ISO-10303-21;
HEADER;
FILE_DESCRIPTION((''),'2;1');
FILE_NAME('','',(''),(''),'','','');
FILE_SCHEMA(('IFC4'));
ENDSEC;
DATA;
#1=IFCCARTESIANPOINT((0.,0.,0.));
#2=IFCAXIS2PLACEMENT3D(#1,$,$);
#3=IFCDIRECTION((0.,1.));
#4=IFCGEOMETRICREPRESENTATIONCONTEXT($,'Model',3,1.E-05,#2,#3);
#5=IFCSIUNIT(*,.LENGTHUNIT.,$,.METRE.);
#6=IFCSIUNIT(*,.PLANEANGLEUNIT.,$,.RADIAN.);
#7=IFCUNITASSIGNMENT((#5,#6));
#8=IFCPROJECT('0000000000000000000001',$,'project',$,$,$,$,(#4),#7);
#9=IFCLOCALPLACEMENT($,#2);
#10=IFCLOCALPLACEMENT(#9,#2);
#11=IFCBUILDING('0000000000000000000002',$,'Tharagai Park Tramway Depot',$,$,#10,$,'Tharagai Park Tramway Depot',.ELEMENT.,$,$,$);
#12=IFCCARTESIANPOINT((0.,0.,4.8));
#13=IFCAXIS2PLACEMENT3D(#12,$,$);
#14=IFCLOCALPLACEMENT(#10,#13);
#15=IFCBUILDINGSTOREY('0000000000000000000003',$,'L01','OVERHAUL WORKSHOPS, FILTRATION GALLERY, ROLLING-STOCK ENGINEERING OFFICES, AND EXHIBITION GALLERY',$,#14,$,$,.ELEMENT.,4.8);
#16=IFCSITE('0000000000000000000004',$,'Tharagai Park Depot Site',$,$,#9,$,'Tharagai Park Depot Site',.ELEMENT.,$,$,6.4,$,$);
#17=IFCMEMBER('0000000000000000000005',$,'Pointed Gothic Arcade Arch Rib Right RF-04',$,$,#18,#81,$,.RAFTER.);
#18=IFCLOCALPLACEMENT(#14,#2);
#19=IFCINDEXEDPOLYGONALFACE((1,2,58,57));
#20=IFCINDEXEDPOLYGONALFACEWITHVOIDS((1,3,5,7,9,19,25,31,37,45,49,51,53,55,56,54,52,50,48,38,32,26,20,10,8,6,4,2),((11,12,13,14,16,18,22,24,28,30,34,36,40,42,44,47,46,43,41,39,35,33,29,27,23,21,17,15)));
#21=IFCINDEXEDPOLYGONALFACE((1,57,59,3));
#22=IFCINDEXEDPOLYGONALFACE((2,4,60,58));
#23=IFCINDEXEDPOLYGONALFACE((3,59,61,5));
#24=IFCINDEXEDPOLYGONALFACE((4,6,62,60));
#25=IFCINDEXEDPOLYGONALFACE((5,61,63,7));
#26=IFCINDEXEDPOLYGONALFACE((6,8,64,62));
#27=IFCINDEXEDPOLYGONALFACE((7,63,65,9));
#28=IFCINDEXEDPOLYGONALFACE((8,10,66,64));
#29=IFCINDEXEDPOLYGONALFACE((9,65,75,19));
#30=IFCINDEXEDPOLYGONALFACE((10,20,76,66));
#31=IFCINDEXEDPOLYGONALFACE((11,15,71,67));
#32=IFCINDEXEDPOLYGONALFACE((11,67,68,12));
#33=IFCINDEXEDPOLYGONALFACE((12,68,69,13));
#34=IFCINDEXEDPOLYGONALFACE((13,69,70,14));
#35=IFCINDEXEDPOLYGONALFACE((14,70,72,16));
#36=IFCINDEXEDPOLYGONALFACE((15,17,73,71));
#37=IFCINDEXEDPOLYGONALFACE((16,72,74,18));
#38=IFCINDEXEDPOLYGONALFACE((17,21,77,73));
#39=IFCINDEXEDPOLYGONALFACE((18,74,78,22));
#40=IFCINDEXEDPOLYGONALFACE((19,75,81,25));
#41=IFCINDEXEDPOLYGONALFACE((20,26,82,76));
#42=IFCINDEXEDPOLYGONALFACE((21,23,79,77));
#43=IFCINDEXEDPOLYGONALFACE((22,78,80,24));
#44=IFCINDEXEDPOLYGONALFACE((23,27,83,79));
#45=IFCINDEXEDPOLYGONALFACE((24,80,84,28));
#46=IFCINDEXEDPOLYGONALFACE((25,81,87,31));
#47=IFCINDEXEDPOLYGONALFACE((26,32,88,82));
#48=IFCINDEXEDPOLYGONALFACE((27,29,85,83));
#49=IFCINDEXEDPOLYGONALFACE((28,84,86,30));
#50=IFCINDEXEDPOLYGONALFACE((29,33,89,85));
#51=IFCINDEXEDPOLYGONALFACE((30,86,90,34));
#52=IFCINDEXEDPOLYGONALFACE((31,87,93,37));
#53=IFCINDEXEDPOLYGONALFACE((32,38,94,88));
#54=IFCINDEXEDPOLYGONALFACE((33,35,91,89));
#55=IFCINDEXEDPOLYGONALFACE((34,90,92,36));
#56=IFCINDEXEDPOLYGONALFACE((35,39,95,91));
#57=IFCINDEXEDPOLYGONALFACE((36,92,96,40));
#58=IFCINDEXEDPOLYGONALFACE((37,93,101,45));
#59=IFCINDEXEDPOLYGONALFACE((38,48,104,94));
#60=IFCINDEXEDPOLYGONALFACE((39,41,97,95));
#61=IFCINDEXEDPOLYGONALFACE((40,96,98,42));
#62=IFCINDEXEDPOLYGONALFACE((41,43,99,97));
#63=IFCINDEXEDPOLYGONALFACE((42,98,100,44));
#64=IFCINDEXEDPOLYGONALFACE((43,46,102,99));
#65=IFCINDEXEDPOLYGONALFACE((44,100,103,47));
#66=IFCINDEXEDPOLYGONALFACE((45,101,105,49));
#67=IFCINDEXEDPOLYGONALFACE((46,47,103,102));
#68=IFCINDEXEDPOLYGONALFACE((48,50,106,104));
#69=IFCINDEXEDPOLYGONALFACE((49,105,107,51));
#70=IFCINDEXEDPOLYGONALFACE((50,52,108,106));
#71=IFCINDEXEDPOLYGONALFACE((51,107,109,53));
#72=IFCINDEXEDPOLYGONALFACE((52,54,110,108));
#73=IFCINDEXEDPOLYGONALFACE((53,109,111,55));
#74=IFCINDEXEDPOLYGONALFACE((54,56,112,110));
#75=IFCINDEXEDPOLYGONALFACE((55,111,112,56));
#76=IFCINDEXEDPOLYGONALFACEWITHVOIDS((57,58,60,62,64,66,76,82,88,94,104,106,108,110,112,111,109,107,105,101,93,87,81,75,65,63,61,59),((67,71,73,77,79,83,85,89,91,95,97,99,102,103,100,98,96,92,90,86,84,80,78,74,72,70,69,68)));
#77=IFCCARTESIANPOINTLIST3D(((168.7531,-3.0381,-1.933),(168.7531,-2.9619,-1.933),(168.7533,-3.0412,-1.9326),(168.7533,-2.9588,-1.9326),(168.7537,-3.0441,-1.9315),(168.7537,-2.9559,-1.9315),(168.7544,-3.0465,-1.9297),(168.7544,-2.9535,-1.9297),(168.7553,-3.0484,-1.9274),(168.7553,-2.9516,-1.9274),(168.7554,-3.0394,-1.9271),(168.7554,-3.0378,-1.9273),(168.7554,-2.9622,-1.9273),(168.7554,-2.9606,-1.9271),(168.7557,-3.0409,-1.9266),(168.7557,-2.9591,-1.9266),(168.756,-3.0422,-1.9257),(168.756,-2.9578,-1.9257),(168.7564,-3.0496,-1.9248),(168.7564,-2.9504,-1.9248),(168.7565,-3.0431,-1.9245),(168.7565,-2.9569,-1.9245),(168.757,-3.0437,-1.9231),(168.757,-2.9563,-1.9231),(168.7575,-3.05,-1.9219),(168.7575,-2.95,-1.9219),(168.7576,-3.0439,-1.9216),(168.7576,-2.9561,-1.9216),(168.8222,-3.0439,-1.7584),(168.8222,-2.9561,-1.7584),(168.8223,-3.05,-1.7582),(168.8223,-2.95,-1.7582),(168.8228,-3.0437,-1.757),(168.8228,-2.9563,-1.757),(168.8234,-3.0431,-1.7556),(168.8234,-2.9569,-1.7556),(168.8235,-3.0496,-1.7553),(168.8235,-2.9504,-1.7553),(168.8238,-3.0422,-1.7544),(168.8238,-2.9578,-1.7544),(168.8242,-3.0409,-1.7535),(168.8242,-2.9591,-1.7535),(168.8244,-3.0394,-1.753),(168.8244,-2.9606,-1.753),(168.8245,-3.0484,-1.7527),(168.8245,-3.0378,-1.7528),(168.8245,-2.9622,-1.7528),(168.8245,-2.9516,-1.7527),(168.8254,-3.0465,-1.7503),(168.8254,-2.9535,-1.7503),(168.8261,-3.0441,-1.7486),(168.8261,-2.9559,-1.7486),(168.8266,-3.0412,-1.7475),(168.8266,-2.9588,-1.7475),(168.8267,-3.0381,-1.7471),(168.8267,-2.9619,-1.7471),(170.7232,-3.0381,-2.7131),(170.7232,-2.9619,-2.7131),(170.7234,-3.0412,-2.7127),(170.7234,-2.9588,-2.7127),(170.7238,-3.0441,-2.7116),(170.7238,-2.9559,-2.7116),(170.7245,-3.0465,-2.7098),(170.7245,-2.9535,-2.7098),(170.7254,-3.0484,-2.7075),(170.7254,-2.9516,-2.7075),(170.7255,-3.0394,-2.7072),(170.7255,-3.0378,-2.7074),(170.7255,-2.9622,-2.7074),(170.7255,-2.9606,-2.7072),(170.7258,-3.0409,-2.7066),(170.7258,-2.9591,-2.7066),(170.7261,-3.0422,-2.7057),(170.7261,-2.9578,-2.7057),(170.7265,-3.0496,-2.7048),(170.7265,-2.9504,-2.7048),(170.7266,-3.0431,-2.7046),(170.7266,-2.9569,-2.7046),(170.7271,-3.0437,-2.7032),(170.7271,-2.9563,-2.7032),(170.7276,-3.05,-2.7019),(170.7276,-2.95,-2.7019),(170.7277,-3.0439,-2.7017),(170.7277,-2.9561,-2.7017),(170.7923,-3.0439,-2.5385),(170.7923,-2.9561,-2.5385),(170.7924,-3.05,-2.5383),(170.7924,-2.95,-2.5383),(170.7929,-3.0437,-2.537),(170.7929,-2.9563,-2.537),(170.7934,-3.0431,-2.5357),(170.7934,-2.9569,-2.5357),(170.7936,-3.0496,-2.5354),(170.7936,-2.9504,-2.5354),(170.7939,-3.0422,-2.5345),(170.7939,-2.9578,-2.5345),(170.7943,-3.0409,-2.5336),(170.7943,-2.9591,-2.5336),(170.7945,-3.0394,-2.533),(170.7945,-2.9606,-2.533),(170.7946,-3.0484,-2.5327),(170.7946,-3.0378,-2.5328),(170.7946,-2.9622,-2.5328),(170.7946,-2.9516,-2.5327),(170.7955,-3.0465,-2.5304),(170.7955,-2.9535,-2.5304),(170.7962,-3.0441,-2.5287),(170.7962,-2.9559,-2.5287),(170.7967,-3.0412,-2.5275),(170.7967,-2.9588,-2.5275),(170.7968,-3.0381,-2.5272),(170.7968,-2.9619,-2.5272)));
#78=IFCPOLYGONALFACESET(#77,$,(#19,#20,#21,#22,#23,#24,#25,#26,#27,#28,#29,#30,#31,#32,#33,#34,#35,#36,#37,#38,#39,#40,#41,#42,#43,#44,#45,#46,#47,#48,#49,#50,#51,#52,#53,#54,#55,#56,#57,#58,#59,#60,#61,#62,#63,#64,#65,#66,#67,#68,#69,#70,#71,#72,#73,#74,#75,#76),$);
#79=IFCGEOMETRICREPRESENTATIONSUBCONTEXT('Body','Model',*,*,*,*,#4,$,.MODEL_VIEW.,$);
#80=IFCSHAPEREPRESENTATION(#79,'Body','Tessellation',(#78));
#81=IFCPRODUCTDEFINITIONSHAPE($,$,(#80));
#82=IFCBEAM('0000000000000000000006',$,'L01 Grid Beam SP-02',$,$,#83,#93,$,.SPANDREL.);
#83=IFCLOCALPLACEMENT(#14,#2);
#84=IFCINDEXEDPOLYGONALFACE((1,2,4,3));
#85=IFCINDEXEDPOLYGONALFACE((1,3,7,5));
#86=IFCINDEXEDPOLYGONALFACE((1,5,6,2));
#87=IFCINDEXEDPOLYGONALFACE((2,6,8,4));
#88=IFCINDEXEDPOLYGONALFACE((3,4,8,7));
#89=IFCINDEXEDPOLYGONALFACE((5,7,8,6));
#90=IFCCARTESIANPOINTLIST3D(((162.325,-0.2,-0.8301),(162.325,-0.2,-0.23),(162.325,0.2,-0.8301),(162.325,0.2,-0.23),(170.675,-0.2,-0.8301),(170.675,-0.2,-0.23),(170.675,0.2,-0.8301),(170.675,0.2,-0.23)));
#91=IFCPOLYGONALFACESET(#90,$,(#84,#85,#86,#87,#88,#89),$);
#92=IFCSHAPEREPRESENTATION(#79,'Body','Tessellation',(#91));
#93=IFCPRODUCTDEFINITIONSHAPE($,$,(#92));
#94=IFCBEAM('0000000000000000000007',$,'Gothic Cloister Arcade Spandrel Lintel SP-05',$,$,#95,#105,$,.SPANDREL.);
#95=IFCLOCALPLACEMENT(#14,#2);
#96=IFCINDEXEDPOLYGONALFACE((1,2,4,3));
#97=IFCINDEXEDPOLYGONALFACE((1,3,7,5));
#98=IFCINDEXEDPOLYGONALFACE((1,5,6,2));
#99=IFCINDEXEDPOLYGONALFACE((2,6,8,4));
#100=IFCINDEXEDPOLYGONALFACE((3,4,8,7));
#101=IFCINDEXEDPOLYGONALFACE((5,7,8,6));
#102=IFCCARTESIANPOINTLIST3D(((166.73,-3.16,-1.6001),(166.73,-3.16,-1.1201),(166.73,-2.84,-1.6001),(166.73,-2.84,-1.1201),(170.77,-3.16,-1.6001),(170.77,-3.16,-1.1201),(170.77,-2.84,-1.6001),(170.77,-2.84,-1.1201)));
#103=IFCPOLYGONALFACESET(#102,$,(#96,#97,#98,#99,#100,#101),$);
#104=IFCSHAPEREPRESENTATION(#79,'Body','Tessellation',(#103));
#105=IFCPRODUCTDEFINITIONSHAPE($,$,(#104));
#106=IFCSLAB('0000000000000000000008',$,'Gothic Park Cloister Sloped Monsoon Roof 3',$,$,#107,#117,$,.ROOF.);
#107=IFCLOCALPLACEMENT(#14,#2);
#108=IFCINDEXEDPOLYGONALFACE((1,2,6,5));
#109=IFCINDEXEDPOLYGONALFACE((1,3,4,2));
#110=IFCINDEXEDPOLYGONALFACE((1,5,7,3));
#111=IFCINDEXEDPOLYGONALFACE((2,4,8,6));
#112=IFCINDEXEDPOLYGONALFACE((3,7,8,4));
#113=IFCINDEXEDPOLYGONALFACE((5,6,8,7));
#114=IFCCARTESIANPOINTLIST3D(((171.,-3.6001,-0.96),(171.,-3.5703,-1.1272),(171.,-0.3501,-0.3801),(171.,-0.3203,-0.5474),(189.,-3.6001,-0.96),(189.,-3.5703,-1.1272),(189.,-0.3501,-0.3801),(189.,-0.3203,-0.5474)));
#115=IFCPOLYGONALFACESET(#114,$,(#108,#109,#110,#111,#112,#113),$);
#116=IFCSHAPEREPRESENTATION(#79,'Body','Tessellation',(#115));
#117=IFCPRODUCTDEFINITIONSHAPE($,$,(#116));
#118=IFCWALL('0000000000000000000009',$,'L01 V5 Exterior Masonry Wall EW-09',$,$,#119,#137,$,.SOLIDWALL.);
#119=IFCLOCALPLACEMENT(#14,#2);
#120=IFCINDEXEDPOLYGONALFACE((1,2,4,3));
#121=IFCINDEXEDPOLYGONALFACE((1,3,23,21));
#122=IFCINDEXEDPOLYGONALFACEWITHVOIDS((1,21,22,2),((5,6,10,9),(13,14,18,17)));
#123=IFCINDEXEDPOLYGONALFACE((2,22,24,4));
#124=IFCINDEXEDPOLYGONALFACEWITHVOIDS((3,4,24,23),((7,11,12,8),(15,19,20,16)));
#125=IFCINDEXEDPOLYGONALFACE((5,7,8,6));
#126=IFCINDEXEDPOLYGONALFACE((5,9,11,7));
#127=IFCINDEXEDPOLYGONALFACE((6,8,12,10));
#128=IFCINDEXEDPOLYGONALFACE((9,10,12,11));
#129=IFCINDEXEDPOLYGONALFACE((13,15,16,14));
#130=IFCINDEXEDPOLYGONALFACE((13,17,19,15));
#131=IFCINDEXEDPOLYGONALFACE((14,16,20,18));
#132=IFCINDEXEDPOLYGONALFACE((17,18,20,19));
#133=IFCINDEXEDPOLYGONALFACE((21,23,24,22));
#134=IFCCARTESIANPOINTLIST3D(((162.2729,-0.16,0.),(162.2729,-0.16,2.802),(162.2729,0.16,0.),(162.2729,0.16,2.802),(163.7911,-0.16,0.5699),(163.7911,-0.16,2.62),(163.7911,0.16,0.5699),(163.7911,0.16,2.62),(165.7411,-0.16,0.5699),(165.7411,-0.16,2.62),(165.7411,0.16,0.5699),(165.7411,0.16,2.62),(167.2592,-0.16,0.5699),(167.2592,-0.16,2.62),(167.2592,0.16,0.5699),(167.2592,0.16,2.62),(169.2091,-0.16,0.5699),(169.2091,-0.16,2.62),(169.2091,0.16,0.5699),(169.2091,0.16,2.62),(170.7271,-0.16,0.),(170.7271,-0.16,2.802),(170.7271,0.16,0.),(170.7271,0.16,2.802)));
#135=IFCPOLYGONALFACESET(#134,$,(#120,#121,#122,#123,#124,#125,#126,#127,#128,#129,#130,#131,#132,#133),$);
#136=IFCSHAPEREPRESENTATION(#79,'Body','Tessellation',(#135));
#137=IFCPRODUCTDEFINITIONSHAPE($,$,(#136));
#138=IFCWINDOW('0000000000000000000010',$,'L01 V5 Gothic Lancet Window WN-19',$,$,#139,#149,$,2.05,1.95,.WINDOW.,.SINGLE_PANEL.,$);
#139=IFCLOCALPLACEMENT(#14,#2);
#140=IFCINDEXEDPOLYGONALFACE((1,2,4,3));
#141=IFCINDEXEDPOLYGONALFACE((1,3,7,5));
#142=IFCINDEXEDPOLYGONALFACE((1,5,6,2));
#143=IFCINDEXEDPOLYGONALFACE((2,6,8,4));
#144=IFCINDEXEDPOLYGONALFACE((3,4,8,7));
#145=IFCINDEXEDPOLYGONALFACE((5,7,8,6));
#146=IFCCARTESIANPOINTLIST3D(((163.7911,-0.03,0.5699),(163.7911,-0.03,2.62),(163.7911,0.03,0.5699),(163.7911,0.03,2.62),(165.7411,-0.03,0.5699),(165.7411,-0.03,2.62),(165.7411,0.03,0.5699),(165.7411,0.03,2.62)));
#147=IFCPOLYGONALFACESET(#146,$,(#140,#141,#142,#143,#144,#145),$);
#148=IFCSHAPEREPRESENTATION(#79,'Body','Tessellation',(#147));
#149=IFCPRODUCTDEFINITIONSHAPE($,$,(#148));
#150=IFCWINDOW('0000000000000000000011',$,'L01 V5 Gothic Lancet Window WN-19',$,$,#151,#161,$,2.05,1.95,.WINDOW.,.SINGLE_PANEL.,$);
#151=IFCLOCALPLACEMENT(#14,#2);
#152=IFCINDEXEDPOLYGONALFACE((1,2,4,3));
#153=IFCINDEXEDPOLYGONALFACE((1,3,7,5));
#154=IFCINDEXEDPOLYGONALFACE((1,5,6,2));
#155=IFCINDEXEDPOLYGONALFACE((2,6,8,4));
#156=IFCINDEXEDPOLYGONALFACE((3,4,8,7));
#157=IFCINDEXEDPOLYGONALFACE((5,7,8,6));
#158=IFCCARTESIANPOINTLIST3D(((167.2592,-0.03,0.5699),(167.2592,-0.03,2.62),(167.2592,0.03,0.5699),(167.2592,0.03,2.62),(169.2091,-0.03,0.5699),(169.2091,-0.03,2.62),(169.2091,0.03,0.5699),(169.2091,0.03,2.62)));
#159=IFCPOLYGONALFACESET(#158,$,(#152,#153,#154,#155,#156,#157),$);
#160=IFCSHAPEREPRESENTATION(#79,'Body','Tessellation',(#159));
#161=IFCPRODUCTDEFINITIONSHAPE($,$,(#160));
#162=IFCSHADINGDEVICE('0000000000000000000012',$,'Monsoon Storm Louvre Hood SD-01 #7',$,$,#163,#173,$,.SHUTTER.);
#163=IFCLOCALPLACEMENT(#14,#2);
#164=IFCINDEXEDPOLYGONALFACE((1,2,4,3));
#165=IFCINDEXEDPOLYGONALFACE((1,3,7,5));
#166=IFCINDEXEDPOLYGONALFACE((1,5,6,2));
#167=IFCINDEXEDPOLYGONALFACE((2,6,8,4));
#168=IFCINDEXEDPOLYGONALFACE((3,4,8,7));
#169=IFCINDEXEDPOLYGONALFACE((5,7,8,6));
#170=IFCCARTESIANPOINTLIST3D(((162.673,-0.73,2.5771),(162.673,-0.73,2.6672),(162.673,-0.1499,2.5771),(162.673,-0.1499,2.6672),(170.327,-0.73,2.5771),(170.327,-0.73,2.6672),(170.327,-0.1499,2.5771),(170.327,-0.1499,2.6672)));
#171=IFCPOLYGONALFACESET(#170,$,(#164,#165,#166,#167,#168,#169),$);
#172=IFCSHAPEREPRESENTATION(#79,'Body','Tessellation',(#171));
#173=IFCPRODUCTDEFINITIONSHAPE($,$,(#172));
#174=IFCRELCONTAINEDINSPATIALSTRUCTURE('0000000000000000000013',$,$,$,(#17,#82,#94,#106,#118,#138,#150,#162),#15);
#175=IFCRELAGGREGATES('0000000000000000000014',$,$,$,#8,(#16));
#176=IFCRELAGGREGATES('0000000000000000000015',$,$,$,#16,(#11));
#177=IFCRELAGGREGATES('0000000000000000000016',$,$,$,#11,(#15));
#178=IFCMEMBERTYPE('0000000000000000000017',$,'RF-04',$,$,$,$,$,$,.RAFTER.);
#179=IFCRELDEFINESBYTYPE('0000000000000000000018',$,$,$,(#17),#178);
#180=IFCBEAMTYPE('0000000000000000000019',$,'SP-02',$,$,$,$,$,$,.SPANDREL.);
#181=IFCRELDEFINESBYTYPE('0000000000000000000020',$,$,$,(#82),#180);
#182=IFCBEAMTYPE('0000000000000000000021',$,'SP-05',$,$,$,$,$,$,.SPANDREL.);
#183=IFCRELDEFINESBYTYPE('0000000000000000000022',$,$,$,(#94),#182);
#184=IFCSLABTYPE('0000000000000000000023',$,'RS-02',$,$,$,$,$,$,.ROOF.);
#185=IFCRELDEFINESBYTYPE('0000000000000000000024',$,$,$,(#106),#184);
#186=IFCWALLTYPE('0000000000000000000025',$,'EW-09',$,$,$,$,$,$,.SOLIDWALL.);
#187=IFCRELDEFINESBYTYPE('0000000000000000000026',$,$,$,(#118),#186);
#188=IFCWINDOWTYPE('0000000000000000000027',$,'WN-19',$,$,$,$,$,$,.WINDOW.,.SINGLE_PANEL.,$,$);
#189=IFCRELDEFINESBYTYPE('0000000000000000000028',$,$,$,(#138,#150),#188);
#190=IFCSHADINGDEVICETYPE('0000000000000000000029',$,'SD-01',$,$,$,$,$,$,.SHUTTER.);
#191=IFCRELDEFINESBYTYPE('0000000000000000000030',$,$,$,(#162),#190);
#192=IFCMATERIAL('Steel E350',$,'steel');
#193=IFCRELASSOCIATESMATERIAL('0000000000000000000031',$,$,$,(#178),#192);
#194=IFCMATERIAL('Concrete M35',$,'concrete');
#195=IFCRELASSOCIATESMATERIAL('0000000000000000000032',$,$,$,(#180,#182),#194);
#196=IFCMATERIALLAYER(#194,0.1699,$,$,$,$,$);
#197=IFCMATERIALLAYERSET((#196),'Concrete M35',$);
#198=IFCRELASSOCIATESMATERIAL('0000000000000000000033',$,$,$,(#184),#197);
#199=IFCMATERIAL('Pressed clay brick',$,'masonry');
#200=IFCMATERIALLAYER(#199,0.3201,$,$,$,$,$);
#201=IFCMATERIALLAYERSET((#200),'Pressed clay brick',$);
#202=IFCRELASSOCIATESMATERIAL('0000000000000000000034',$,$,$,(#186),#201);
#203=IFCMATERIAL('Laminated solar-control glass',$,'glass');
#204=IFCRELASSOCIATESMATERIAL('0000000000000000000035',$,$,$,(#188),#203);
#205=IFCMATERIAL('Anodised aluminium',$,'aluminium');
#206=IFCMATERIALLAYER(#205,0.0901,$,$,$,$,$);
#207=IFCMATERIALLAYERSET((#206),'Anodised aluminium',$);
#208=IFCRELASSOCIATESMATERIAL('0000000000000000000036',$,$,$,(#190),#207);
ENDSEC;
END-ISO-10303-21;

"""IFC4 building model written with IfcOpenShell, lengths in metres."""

from ifc_helpers import new_model, si_unit, direction, frame, frame_2d, origin, origin_2d, place, context, subcontext, project, spatial, polyline, rectangle, hollow_rectangle, outline, extrude, material, layer, layer_set, material_profile, profile_set, type_object, element, fill, save


model = new_model("IFC4")

# Units and contexts
model_context = context("Model", 3, precision=1e-05, world=origin(), true_north=direction((0.0, 1.0)))
body_context = subcontext(model_context, "Body", "Model", "MODEL_VIEW")
ifc_project = project(units=[si_unit("LENGTHUNIT", "METRE"), si_unit("PLANEANGLEUNIT", "RADIAN")], contexts=[model_context])

# Site, building, storey
site_placement = place(None, origin())
site = spatial("IfcSite", under=ifc_project, at=site_placement, Name="Tharagai Park Depot Site", LongName="Tharagai Park Depot Site", CompositionType="ELEMENT", RefElevation=6.4)
building_placement = place(site_placement, origin())
building = spatial("IfcBuilding", under=site, at=building_placement, Name="Tharagai Park Tramway Depot", LongName="Tharagai Park Tramway Depot", CompositionType="ELEMENT")
storey_placement = place(building_placement, frame((0.0, 0.0, 4.8)))
storey = spatial("IfcBuildingStorey", under=building, at=storey_placement, Name="L01", Description="OVERHAUL WORKSHOPS, FILTRATION GALLERY, ROLLING-STOCK ENGINEERING OFFICES, AND EXHIBITION GALLERY", CompositionType="ELEMENT", Elevation=4.8)

# Shared definitions
ifc_material_1 = material(Name="Concrete M35", Category="concrete")

# Shared definitions
ifc_material_2 = material(Name="Steel E350", Category="steel")

# Member
ifc_material_profile_1 = material_profile(ifc_material_2, hollow_rectangle(XDim=0.1001, YDim=0.2, WallThickness=0.0061, InnerFilletRadius=0.0061, OuterFilletRadius=0.012, at=origin_2d()), Name="RHS 200x100x6")
ifc_profile_set_1 = profile_set([ifc_material_profile_1], Name="Steel E350")
member_type_1 = type_object("IfcMemberType", Name="RF-04", PredefinedType="RAFTER", material=ifc_profile_set_1)
for number, where, z_axis, x_axis, name in (
    (1, (170.76, -3.0, -2.6201), (-0.929766, 0.0, 0.36815), (0.0, -1.0, 0.0), "Pointed Gothic Arcade Arch Rib Right RF-04"),
):
    element("IfcMember", number, at=place(storey_placement, frame(where, z_axis=z_axis, x_axis=x_axis)), inside=storey, type_object=member_type_1, Name=name, PredefinedType="RAFTER", context=body_context, shape_type="SweptSolid", body=[
        extrude(hollow_rectangle(XDim=0.1001, YDim=0.2, WallThickness=0.0061, InnerFilletRadius=0.0061, OuterFilletRadius=0.012, at=origin_2d()), origin(), (0.0, 0.0, 1.0), 2.1189),
    ])

# Beams
ifc_material_profile_2 = material_profile(ifc_material_1, rectangle(XDim=0.3999, YDim=0.6001, at=origin_2d()), Name="RC 400x600")
ifc_profile_set_2 = profile_set([ifc_material_profile_2], Name="Concrete M35")
beam_type_1 = type_object("IfcBeamType", Name="SP-02", PredefinedType="SPANDREL", material=ifc_profile_set_2)
beam_1_placement = place(storey_placement, frame((162.325, 0.0, -0.53), z_axis=(1.0, 0.0, 0.0), x_axis=(0.0, 1.0, 0.0)))
element("IfcBeam", 2, at=beam_1_placement, inside=storey, type_object=beam_type_1, Name="L01 Grid Beam SP-02", PredefinedType="SPANDREL", context=body_context, shape_type="SweptSolid", body=[
    extrude(rectangle(XDim=0.3999, YDim=0.6001, at=origin_2d()), origin(), (0.0, 0.0, 1.0), 8.3501),
])
ifc_material_profile_3 = material_profile(ifc_material_1, rectangle(XDim=0.3201, YDim=0.48, at=origin_2d()), Name="RC 320x480")
ifc_profile_set_3 = profile_set([ifc_material_profile_3], Name="Concrete M35")
beam_type_2 = type_object("IfcBeamType", Name="SP-05", PredefinedType="SPANDREL", material=ifc_profile_set_3)
beam_2_placement = place(storey_placement, frame((166.73, -3.0, -1.3601), z_axis=(1.0, 0.0, 0.0), x_axis=(0.0, 1.0, 0.0)))
element("IfcBeam", 3, at=beam_2_placement, inside=storey, type_object=beam_type_2, Name="Gothic Cloister Arcade Spandrel Lintel SP-05", PredefinedType="SPANDREL", context=body_context, shape_type="SweptSolid", body=[
    extrude(rectangle(XDim=0.3201, YDim=0.48, at=origin_2d()), origin(), (0.0, 0.0, 1.0), 4.04),
])

# Slab
ifc_layer_1 = layer(ifc_material_1, 0.1699)
ifc_layer_set_1 = layer_set([ifc_layer_1], Name="Concrete M35")
slab_type = type_object("IfcSlabType", Name="RS-02", PredefinedType="ROOF", material=ifc_layer_set_1)
slab_placement = place(storey_placement, frame((171.0, -3.6001, -0.96), z_axis=(0.0, -0.175637, 0.984455), x_axis=(1.0, 0.0, 0.0)))
element("IfcSlab", 4, at=slab_placement, inside=storey, type_object=slab_type, Name="Gothic Park Cloister Sloped Monsoon Roof 3", PredefinedType="ROOF", context=body_context, shape_type="SweptSolid", body=[
    extrude(outline(polyline([(0.0, 0.0), (18.0, 0.0), (18.0, 3.3013), (0.0, 3.3013), (0.0, 0.0)])), origin(), (0.0, 0.0, -1.0), 0.1699),
])

# Wall, openings, windows
ifc_material_3 = material(Name="Pressed clay brick", Category="masonry")
ifc_layer_2 = layer(ifc_material_3, 0.3201)
ifc_layer_set_2 = layer_set([ifc_layer_2], Name="Pressed clay brick")
wall_type = type_object("IfcWallType", Name="EW-09", PredefinedType="SOLIDWALL", material=ifc_layer_set_2)
wall_placement = place(storey_placement, frame((162.2729, 0.0, 0.0), z_axis=(0.0, 0.0, 1.0), x_axis=(1.0, 0.0, 0.0)))
wall = element("IfcWall", 5, at=wall_placement, inside=storey, type_object=wall_type, Name="L01 V5 Exterior Masonry Wall EW-09", PredefinedType="SOLIDWALL", context=body_context, shape_type="SweptSolid", body=[
    extrude(rectangle(XDim=8.4541, YDim=0.3201, at=frame_2d((4.2271, 0.0))), origin(), (0.0, 0.0, 1.0), 2.802),
])
opening_1_placement = place(wall_placement, frame((1.5181, 0.0, 0.5701)))
opening_1 = element("IfcOpeningElement", 6, at=opening_1_placement, cuts=wall, PredefinedType="OPENING", context=body_context, shape_type="SweptSolid", body=[
    extrude(rectangle(XDim=1.95, YDim=2.05, at=frame_2d((0.9751, 1.0249))), frame((0.0, 0.1699, 0.0), z_axis=(0.0, -1.0, 0.0), x_axis=(1.0, 0.0, 0.0)), (0.0, 0.0, 1.0), 0.3401),
])
opening_2_placement = place(wall_placement, frame((4.9861, 0.0, 0.5701)))
opening_2 = element("IfcOpeningElement", 7, at=opening_2_placement, cuts=wall, PredefinedType="OPENING", context=body_context, shape_type="SweptSolid", body=[
    extrude(rectangle(XDim=1.95, YDim=2.05, at=frame_2d((0.9751, 1.0249))), frame((0.0, 0.1699, 0.0), z_axis=(0.0, -1.0, 0.0), x_axis=(1.0, 0.0, 0.0)), (0.0, 0.0, 1.0), 0.3401),
])
ifc_material_4 = material(Name="Laminated solar-control glass", Category="glass")
window_type = type_object("IfcWindowType", Name="WN-19", PartitioningType="SINGLE_PANEL", PredefinedType="WINDOW", material=ifc_material_4)
window_1_placement = place(opening_1_placement, origin())
window_1 = element("IfcWindow", 8, at=window_1_placement, inside=storey, type_object=window_type, Name="L01 V5 Gothic Lancet Window WN-19", OverallHeight=2.05, OverallWidth=1.95, PartitioningType="SINGLE_PANEL", PredefinedType="WINDOW", context=body_context, shape_type="SweptSolid", body=[
    extrude(rectangle(XDim=1.95, YDim=2.05, at=frame_2d((0.9751, 1.0249))), frame((0.0, 0.03, 0.0), z_axis=(0.0, -1.0, 0.0), x_axis=(1.0, 0.0, 0.0)), (0.0, 0.0, 1.0), 0.0601),
])
fill(opening_1, window_1)
window_2_placement = place(opening_2_placement, origin())
window_2 = element("IfcWindow", 9, at=window_2_placement, inside=storey, type_object=window_type, Name="L01 V5 Gothic Lancet Window WN-19", OverallHeight=2.05, OverallWidth=1.95, PartitioningType="SINGLE_PANEL", PredefinedType="WINDOW", context=body_context, shape_type="SweptSolid", body=[
    extrude(rectangle(XDim=1.95, YDim=2.05, at=frame_2d((0.9751, 1.0249))), frame((0.0, 0.03, 0.0), z_axis=(0.0, -1.0, 0.0), x_axis=(1.0, 0.0, 0.0)), (0.0, 0.0, 1.0), 0.0601),
])
fill(opening_2, window_2)

# Shading device
ifc_material_5 = material(Name="Anodised aluminium", Category="aluminium")
ifc_layer_3 = layer(ifc_material_5, 0.0901)
ifc_layer_set_3 = layer_set([ifc_layer_3], Name="Anodised aluminium")
shading_device_type_1 = type_object("IfcShadingDeviceType", Name="SD-01", PredefinedType="SHUTTER", material=ifc_layer_set_3)
shading_device_1_placement = place(storey_placement, frame((166.5, -0.4399, 2.5771), z_axis=(0.0, 0.0, 1.0), x_axis=(1.0, 0.0, 0.0)))
element("IfcShadingDevice", 10, at=shading_device_1_placement, inside=storey, type_object=shading_device_type_1, Name="Monsoon Storm Louvre Hood SD-01 #7", PredefinedType="SHUTTER", context=body_context, shape_type="SweptSolid", body=[
    extrude(rectangle(XDim=7.6541, YDim=0.5801, at=origin_2d()), origin(), (0.0, 0.0, 1.0), 0.0901),
])

save(model, "model.ifc")
